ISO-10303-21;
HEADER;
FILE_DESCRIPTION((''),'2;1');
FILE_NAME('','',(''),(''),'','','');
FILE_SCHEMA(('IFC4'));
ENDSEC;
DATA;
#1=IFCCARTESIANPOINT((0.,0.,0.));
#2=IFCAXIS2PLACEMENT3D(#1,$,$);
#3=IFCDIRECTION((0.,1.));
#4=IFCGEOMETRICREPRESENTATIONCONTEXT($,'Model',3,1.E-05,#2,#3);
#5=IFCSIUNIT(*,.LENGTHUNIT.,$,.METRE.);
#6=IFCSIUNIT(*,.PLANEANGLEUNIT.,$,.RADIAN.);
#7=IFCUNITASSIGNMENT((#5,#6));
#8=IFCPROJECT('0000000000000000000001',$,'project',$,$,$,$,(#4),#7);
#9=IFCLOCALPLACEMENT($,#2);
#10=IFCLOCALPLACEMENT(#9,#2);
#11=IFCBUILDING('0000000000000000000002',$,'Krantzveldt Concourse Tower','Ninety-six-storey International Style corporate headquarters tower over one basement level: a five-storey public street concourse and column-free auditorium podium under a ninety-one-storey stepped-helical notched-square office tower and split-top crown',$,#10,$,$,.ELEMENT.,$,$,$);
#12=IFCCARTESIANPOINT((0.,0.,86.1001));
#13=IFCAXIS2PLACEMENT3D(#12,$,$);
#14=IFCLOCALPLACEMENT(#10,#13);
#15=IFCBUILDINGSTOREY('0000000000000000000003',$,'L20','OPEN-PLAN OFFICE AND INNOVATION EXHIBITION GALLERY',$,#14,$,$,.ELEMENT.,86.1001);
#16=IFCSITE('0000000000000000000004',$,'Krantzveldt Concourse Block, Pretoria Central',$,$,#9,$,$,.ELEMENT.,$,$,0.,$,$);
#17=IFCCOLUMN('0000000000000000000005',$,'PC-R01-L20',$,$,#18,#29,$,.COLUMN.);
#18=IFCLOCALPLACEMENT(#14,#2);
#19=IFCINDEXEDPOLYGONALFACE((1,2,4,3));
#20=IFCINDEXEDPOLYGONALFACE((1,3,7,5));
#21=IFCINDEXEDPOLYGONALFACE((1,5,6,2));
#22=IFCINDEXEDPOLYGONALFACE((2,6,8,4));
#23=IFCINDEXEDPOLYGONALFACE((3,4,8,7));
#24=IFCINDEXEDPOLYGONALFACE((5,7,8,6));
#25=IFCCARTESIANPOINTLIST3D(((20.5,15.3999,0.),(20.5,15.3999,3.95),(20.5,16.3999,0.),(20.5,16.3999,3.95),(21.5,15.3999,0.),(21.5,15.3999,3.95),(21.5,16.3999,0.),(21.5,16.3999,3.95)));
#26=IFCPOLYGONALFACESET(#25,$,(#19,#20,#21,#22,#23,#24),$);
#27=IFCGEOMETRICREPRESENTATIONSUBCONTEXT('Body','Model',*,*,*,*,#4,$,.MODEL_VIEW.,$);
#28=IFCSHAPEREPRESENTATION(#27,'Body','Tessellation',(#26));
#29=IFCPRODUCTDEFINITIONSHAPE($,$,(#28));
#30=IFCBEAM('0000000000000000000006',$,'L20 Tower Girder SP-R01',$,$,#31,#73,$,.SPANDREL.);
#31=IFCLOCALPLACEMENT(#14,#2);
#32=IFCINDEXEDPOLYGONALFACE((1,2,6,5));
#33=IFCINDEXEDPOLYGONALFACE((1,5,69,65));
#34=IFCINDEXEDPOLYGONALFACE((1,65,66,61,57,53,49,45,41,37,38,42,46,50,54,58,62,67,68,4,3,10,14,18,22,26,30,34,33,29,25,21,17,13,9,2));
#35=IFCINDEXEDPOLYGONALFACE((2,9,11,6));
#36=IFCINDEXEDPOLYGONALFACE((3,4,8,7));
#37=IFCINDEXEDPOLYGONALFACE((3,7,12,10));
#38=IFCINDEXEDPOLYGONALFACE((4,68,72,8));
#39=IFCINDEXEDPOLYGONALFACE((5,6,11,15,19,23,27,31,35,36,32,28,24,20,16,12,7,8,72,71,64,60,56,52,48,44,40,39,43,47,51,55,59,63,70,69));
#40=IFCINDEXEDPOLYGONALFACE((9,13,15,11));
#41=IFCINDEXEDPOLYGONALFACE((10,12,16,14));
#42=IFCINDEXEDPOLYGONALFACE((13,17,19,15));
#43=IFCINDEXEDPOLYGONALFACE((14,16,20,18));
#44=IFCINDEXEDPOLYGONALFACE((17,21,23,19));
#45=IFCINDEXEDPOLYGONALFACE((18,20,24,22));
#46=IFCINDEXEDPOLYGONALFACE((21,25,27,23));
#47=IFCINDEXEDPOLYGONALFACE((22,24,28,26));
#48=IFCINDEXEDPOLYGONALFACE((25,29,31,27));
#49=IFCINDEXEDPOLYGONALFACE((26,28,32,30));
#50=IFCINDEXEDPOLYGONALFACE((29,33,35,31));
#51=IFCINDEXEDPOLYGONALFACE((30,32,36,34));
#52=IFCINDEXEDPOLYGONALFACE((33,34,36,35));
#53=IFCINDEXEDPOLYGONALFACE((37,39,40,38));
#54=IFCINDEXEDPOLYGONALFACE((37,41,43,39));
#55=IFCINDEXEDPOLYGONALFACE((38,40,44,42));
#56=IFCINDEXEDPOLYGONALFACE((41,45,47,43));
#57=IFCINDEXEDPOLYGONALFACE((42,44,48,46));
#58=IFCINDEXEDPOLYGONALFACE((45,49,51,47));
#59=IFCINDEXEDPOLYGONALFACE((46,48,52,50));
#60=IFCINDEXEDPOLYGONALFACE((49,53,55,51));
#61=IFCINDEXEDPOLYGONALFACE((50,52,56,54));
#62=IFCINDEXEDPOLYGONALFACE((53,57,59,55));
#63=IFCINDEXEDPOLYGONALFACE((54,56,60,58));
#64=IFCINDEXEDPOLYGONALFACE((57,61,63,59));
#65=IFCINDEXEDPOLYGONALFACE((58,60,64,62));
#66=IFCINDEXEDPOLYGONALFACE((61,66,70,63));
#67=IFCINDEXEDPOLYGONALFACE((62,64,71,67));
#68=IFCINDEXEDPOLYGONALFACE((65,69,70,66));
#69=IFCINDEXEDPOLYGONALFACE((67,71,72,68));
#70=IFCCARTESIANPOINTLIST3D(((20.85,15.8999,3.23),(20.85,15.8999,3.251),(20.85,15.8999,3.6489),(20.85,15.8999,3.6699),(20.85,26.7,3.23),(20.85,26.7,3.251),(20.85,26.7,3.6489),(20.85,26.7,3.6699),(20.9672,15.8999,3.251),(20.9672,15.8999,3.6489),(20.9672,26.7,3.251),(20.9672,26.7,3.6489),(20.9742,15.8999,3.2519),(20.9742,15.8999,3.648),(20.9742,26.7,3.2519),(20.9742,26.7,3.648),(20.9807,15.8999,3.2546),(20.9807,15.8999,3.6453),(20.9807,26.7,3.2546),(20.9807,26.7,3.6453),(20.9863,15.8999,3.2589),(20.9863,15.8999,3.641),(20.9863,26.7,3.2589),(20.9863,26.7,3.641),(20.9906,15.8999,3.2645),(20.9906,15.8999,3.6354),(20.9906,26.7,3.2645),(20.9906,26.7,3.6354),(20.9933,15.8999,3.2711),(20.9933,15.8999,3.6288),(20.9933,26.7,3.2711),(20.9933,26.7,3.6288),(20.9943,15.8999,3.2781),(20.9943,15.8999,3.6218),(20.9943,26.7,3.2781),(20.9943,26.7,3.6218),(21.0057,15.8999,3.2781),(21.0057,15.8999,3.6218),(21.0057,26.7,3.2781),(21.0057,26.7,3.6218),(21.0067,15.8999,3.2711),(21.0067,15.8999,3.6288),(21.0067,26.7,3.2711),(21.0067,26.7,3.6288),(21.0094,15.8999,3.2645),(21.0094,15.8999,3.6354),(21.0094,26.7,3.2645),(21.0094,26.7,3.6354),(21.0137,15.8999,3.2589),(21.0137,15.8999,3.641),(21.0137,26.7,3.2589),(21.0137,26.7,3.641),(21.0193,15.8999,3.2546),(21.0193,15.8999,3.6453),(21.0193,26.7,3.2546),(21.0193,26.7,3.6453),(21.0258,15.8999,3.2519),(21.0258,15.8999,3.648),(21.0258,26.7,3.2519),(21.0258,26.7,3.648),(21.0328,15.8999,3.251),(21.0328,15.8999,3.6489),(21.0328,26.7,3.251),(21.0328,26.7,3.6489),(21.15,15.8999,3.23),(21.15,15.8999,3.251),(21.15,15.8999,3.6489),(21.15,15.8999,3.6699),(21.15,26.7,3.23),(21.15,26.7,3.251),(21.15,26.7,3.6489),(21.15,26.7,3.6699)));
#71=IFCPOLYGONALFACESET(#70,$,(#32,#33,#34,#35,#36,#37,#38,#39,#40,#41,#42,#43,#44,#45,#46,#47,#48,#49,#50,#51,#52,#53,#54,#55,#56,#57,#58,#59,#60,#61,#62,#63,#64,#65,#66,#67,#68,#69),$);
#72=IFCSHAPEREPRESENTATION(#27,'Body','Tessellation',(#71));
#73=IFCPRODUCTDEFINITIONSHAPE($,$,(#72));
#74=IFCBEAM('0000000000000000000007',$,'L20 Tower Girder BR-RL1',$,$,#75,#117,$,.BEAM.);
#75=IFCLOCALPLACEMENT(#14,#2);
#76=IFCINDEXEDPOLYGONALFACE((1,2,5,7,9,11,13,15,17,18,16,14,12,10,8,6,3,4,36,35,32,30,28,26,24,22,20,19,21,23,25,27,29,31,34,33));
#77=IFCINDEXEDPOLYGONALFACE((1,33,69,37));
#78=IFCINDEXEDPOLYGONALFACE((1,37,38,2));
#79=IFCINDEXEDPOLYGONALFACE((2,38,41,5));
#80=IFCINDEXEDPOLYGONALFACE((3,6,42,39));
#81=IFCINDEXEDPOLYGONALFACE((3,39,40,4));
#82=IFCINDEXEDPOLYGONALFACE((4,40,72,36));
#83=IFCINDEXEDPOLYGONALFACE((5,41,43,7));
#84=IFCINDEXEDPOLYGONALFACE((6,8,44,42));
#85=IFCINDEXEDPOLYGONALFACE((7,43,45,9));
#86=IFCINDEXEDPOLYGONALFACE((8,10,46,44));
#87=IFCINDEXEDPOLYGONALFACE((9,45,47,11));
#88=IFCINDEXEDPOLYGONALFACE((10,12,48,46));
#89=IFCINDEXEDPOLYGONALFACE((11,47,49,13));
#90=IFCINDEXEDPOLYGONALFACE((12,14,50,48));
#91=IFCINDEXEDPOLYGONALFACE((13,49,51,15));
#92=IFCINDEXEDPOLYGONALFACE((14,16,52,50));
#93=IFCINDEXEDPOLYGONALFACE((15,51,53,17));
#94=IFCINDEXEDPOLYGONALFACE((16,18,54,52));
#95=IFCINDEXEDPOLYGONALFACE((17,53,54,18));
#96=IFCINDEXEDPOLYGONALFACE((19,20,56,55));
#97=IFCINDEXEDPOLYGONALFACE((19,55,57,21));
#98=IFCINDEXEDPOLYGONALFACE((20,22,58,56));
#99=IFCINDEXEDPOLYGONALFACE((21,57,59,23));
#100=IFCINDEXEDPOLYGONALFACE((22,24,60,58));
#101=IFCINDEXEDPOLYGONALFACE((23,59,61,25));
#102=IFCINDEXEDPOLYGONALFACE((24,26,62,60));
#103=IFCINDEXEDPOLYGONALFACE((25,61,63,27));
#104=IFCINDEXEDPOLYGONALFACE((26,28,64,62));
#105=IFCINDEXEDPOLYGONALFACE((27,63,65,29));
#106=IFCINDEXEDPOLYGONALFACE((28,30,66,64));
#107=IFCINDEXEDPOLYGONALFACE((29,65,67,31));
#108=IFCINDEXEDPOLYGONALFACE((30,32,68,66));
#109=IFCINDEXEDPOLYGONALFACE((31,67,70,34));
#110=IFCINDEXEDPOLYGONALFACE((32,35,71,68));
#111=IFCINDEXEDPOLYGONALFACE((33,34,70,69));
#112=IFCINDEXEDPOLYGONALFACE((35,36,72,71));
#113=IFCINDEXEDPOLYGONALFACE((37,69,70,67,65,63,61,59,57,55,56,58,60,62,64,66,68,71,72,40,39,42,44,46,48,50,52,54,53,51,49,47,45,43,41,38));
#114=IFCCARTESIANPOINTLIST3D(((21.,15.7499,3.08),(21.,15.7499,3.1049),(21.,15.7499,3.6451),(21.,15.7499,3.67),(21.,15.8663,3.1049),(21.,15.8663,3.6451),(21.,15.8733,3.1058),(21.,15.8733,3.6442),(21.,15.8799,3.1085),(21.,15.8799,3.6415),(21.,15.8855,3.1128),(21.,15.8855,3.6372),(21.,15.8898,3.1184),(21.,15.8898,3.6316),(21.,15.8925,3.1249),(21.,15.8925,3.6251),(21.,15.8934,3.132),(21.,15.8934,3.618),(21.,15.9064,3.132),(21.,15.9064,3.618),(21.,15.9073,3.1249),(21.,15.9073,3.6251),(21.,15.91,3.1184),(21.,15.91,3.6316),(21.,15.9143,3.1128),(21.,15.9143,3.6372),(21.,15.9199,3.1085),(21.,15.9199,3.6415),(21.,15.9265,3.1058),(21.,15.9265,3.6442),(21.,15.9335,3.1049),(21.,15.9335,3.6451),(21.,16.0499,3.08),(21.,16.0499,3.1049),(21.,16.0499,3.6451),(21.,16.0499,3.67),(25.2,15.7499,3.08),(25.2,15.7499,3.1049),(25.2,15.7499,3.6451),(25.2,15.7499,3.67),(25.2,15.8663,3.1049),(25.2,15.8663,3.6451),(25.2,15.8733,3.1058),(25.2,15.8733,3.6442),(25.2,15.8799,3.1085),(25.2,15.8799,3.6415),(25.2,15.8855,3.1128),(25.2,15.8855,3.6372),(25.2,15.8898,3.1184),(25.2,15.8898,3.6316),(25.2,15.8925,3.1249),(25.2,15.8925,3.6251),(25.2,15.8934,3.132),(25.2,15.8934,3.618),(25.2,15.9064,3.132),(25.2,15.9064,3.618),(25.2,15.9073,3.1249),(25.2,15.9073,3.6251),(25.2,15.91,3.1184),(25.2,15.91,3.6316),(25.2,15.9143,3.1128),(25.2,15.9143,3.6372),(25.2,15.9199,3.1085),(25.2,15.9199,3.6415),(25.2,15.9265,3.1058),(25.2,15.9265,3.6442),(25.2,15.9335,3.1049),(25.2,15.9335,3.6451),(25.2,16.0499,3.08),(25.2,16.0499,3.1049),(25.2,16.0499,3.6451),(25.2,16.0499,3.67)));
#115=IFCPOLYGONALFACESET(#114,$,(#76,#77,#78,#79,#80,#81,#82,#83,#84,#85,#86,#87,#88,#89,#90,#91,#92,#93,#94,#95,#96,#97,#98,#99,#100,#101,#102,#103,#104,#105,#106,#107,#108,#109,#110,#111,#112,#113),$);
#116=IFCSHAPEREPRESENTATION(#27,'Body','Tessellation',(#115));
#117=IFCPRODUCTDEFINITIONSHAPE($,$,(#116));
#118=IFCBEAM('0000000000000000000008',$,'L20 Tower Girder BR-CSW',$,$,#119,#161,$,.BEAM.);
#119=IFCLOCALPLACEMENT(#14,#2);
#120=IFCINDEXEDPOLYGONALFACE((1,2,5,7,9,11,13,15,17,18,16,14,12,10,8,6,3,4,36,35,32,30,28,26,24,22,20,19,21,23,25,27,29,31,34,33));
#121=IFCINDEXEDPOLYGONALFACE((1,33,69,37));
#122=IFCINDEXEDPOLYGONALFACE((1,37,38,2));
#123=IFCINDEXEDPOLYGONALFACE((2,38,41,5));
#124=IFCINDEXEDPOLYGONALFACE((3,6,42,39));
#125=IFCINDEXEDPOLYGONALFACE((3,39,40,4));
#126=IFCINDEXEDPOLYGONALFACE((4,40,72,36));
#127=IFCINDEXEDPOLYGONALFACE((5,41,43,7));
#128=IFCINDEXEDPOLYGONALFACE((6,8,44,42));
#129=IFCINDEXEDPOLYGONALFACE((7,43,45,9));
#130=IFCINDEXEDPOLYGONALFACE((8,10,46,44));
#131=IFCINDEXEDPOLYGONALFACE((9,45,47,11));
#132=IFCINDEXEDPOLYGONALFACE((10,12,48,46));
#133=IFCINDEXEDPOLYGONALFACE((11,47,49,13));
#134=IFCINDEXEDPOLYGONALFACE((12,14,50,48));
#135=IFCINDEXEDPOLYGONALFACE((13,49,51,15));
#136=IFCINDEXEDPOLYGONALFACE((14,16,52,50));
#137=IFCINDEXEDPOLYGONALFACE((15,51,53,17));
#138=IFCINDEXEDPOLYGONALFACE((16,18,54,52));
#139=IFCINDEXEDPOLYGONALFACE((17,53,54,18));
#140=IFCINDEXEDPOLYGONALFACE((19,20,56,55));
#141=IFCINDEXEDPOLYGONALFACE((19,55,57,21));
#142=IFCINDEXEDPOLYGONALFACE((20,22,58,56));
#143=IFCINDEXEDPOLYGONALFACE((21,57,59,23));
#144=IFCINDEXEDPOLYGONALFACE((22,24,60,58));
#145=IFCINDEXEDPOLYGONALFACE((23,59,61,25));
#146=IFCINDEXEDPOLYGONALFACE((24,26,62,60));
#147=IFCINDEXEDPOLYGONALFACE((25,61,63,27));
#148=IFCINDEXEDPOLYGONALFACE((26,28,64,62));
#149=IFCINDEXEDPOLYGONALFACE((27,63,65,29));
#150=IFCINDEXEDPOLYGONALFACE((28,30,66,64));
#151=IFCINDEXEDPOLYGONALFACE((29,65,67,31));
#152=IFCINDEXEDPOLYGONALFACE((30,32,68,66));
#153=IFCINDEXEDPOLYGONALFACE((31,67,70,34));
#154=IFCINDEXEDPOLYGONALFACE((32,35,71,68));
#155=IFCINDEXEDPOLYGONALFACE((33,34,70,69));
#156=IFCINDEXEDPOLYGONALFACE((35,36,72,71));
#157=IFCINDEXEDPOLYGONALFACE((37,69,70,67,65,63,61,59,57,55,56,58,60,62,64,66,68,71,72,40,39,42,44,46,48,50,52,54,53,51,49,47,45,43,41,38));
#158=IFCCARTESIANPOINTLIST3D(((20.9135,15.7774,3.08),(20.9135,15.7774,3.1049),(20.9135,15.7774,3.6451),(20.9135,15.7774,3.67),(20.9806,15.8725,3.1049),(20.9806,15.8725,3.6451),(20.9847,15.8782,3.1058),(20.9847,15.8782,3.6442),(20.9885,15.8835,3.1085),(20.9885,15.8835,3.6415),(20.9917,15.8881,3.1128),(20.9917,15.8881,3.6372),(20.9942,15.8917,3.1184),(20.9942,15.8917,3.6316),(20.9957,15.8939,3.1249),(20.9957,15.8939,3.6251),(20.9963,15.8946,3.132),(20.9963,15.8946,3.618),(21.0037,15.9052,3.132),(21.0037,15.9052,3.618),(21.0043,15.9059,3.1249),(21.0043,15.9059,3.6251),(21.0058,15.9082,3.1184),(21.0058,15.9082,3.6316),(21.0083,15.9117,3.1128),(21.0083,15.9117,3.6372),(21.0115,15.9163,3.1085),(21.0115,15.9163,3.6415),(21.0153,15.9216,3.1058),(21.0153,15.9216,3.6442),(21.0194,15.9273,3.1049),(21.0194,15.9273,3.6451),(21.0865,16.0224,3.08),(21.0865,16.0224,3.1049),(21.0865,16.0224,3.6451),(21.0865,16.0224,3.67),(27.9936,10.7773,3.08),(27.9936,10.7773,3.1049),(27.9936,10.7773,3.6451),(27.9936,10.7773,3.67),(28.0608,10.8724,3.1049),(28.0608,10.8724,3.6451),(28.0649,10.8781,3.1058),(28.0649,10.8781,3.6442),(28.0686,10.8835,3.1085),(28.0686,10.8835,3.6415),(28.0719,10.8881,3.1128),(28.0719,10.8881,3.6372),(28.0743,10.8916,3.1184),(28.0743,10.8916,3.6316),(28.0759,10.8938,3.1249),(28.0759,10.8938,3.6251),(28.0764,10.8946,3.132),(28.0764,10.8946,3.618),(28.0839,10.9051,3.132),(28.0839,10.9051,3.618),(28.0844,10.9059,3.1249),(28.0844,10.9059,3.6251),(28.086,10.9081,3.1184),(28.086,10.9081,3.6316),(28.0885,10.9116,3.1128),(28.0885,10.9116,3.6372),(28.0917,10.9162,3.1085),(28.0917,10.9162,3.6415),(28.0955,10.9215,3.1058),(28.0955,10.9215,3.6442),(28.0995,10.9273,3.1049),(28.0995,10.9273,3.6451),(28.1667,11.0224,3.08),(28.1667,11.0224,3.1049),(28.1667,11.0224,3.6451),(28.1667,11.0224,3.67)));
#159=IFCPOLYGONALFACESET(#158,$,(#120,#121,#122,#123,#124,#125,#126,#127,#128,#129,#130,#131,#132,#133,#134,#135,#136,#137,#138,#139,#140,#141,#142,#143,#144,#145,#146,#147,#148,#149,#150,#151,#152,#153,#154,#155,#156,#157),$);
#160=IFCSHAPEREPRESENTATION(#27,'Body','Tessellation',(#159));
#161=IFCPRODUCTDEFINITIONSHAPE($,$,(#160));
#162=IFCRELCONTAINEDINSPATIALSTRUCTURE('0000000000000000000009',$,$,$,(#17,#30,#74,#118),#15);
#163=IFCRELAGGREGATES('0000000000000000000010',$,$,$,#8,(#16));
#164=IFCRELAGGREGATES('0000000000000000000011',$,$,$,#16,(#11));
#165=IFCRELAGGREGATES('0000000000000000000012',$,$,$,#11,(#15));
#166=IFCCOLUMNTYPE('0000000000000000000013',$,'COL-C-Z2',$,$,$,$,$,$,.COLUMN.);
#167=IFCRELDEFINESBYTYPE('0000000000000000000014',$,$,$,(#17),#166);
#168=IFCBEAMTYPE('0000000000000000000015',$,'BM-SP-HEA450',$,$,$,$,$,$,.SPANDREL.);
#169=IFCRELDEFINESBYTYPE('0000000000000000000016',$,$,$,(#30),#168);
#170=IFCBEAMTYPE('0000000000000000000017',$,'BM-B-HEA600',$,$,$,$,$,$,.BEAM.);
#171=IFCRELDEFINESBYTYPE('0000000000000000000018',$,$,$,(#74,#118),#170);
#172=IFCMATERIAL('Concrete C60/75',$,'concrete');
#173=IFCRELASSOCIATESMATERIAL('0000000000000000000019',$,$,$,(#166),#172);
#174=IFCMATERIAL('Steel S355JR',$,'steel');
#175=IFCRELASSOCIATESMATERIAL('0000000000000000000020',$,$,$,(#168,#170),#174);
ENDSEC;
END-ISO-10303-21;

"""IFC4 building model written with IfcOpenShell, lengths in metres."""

from ifc_helpers import new_model, si_unit, direction, frame, origin, origin_2d, place, context, subcontext, project, spatial, rectangle, i_section, extrude, source, transform, mapped, material, material_profile, profile_set, type_object, type_shapes, element, save


model = new_model("IFC4")

# Units and contexts
model_context = context("Model", 3, precision=1e-05, world=origin(), true_north=direction((0.0, 1.0)))
body_context = subcontext(model_context, "Body", "Model", "MODEL_VIEW")
ifc_project = project(units=[si_unit("LENGTHUNIT", "METRE"), si_unit("PLANEANGLEUNIT", "RADIAN")], contexts=[model_context])

# Site, building, storey
site_placement = place(None, origin())
site = spatial("IfcSite", under=ifc_project, at=site_placement, Name="Krantzveldt Concourse Block, Pretoria Central", CompositionType="ELEMENT", RefElevation=0.0)
building_placement = place(site_placement, origin())
building = spatial("IfcBuilding", under=site, at=building_placement, Name="Krantzveldt Concourse Tower", Description="Ninety-six-storey International Style corporate headquarters tower over one basement level: a five-storey public street concourse and column-free auditorium podium under a ninety-one-storey stepped-helical notched-square office tower and split-top crown", CompositionType="ELEMENT")
storey_placement = place(building_placement, frame((0.0, 0.0, 86.1001)))
storey = spatial("IfcBuildingStorey", under=building, at=storey_placement, Name="L20", Description="OPEN-PLAN OFFICE AND INNOVATION EXHIBITION GALLERY", CompositionType="ELEMENT", Elevation=86.1001)

# Column
ifc_material_1 = material(Name="Concrete C60/75", Category="concrete")
ifc_material_profile_1 = material_profile(ifc_material_1, rectangle(XDim=1.0, YDim=1.0, at=origin_2d()), Name="Concrete C60/75", Category="concrete")
ifc_profile_set_1 = profile_set([ifc_material_profile_1], Name="Concrete C60/75 - RC 1000x1000")
column_type = type_object("IfcColumnType", Name="COL-C-Z2", PredefinedType="COLUMN", material=ifc_profile_set_1)
shared_shape_1 = source(origin(), body_context, "Body", "SweptSolid", [
    extrude(rectangle(XDim=1.0, YDim=1.0, at=origin_2d()), origin(), (0.0, 0.0, 1.0), 3.95),
])
type_shapes(column_type, [shared_shape_1])
column_placement = place(storey_placement, frame((21.0, 15.8999, 0.0), z_axis=(0.0, 0.0, 1.0), x_axis=(1.0, 0.0, 0.0)))
element("IfcColumn", 1, at=column_placement, inside=storey, type_object=column_type, Name="PC-R01-L20", PredefinedType="COLUMN", context=body_context, shape_type="MappedRepresentation", body=[
    mapped(shared_shape_1, transform((0.0, 0.0, 0.0), x_axis=(1.0, 0.0, 0.0), y_axis=(0.0, 1.0, 0.0), z_axis=(0.0, 0.0, 1.0), scale=1.0)),
])

# Beams
ifc_material_2 = material(Name="Steel S355JR", Category="steel")
ifc_material_profile_2 = material_profile(ifc_material_2, i_section(OverallWidth=0.3, OverallDepth=0.4399, WebThickness=0.0115, FlangeThickness=0.021, FilletRadius=0.0271, at=origin_2d()), Name="Steel S355JR", Category="steel")
ifc_profile_set_2 = profile_set([ifc_material_profile_2], Name="Steel S355JR - HEA 450")
beam_type_1 = type_object("IfcBeamType", Name="BM-SP-HEA450", PredefinedType="SPANDREL", material=ifc_profile_set_2)
shared_shape_2 = source(origin(), body_context, "Body", "SweptSolid", [
    extrude(i_section(OverallWidth=0.3, OverallDepth=0.4399, WebThickness=0.0115, FlangeThickness=0.021, FilletRadius=0.0271, at=origin_2d()), origin(), (0.0, 0.0, 1.0), 10.8),
])
type_shapes(beam_type_1, [shared_shape_2])
beam_1_placement = place(storey_placement, frame((21.0, 15.8999, 3.45), z_axis=(0.0, 1.0, 0.0), x_axis=(-1.0, 0.0, 0.0)))
element("IfcBeam", 2, at=beam_1_placement, inside=storey, type_object=beam_type_1, Name="L20 Tower Girder SP-R01", PredefinedType="SPANDREL", context=body_context, shape_type="MappedRepresentation", body=[
    mapped(shared_shape_2, transform((0.0, 0.0, 0.0), x_axis=(1.0, 0.0, 0.0), y_axis=(0.0, 1.0, 0.0), z_axis=(0.0, 0.0, 1.0), scale=1.0)),
])
ifc_material_profile_3 = material_profile(ifc_material_2, i_section(OverallWidth=0.3, OverallDepth=0.5901, WebThickness=0.0129, FlangeThickness=0.0249, FilletRadius=0.0271, at=origin_2d()), Name="Steel S355JR", Category="steel")
ifc_profile_set_3 = profile_set([ifc_material_profile_3], Name="Steel S355JR - HEA 600")
beam_type_2 = type_object("IfcBeamType", Name="BM-B-HEA600", PredefinedType="BEAM", material=ifc_profile_set_3)
shared_shape_3 = source(origin(), body_context, "Body", "SweptSolid", [
    extrude(i_section(OverallWidth=0.3, OverallDepth=0.5901, WebThickness=0.0129, FlangeThickness=0.0249, FilletRadius=0.0271, at=origin_2d()), origin(), (0.0, 0.0, 1.0), 4.2),
])
beam_2_placement = place(storey_placement, frame((21.0, 15.8999, 3.375), z_axis=(1.0, 0.0, 0.0), x_axis=(0.0, 1.0, 0.0)))
element("IfcBeam", 3, at=beam_2_placement, inside=storey, type_object=beam_type_2, Name="L20 Tower Girder BR-RL1", PredefinedType="BEAM", context=body_context, shape_type="MappedRepresentation", body=[
    mapped(shared_shape_3, transform((0.0, 0.0, 0.0), x_axis=(1.0, 0.0, 0.0), y_axis=(0.0, 1.0, 0.0), z_axis=(0.0, 0.0, 1.0), scale=1.0)),
])
shared_shape_4 = source(origin(), body_context, "Body", "SweptSolid", [
    extrude(i_section(OverallWidth=0.3, OverallDepth=0.5901, WebThickness=0.0129, FlangeThickness=0.0249, FilletRadius=0.0271, at=origin_2d()), origin(), (0.0, 0.0, 1.0), 8.6677),
])
type_shapes(beam_type_2, [shared_shape_3, shared_shape_4])
beam_3_placement = place(storey_placement, frame((21.0, 15.8999, 3.375), z_axis=(0.816843, -0.57686, 0.0), x_axis=(0.57686, 0.816843, 0.0)))
element("IfcBeam", 4, at=beam_3_placement, inside=storey, type_object=beam_type_2, Name="L20 Tower Girder BR-CSW", PredefinedType="BEAM", context=body_context, shape_type="MappedRepresentation", body=[
    mapped(shared_shape_4, transform((0.0, 0.0, 0.0), x_axis=(1.0, 0.0, 0.0), y_axis=(0.0, 1.0, 0.0), z_axis=(0.0, 0.0, 1.0), scale=1.0)),
])

save(model, "model.ifc")
